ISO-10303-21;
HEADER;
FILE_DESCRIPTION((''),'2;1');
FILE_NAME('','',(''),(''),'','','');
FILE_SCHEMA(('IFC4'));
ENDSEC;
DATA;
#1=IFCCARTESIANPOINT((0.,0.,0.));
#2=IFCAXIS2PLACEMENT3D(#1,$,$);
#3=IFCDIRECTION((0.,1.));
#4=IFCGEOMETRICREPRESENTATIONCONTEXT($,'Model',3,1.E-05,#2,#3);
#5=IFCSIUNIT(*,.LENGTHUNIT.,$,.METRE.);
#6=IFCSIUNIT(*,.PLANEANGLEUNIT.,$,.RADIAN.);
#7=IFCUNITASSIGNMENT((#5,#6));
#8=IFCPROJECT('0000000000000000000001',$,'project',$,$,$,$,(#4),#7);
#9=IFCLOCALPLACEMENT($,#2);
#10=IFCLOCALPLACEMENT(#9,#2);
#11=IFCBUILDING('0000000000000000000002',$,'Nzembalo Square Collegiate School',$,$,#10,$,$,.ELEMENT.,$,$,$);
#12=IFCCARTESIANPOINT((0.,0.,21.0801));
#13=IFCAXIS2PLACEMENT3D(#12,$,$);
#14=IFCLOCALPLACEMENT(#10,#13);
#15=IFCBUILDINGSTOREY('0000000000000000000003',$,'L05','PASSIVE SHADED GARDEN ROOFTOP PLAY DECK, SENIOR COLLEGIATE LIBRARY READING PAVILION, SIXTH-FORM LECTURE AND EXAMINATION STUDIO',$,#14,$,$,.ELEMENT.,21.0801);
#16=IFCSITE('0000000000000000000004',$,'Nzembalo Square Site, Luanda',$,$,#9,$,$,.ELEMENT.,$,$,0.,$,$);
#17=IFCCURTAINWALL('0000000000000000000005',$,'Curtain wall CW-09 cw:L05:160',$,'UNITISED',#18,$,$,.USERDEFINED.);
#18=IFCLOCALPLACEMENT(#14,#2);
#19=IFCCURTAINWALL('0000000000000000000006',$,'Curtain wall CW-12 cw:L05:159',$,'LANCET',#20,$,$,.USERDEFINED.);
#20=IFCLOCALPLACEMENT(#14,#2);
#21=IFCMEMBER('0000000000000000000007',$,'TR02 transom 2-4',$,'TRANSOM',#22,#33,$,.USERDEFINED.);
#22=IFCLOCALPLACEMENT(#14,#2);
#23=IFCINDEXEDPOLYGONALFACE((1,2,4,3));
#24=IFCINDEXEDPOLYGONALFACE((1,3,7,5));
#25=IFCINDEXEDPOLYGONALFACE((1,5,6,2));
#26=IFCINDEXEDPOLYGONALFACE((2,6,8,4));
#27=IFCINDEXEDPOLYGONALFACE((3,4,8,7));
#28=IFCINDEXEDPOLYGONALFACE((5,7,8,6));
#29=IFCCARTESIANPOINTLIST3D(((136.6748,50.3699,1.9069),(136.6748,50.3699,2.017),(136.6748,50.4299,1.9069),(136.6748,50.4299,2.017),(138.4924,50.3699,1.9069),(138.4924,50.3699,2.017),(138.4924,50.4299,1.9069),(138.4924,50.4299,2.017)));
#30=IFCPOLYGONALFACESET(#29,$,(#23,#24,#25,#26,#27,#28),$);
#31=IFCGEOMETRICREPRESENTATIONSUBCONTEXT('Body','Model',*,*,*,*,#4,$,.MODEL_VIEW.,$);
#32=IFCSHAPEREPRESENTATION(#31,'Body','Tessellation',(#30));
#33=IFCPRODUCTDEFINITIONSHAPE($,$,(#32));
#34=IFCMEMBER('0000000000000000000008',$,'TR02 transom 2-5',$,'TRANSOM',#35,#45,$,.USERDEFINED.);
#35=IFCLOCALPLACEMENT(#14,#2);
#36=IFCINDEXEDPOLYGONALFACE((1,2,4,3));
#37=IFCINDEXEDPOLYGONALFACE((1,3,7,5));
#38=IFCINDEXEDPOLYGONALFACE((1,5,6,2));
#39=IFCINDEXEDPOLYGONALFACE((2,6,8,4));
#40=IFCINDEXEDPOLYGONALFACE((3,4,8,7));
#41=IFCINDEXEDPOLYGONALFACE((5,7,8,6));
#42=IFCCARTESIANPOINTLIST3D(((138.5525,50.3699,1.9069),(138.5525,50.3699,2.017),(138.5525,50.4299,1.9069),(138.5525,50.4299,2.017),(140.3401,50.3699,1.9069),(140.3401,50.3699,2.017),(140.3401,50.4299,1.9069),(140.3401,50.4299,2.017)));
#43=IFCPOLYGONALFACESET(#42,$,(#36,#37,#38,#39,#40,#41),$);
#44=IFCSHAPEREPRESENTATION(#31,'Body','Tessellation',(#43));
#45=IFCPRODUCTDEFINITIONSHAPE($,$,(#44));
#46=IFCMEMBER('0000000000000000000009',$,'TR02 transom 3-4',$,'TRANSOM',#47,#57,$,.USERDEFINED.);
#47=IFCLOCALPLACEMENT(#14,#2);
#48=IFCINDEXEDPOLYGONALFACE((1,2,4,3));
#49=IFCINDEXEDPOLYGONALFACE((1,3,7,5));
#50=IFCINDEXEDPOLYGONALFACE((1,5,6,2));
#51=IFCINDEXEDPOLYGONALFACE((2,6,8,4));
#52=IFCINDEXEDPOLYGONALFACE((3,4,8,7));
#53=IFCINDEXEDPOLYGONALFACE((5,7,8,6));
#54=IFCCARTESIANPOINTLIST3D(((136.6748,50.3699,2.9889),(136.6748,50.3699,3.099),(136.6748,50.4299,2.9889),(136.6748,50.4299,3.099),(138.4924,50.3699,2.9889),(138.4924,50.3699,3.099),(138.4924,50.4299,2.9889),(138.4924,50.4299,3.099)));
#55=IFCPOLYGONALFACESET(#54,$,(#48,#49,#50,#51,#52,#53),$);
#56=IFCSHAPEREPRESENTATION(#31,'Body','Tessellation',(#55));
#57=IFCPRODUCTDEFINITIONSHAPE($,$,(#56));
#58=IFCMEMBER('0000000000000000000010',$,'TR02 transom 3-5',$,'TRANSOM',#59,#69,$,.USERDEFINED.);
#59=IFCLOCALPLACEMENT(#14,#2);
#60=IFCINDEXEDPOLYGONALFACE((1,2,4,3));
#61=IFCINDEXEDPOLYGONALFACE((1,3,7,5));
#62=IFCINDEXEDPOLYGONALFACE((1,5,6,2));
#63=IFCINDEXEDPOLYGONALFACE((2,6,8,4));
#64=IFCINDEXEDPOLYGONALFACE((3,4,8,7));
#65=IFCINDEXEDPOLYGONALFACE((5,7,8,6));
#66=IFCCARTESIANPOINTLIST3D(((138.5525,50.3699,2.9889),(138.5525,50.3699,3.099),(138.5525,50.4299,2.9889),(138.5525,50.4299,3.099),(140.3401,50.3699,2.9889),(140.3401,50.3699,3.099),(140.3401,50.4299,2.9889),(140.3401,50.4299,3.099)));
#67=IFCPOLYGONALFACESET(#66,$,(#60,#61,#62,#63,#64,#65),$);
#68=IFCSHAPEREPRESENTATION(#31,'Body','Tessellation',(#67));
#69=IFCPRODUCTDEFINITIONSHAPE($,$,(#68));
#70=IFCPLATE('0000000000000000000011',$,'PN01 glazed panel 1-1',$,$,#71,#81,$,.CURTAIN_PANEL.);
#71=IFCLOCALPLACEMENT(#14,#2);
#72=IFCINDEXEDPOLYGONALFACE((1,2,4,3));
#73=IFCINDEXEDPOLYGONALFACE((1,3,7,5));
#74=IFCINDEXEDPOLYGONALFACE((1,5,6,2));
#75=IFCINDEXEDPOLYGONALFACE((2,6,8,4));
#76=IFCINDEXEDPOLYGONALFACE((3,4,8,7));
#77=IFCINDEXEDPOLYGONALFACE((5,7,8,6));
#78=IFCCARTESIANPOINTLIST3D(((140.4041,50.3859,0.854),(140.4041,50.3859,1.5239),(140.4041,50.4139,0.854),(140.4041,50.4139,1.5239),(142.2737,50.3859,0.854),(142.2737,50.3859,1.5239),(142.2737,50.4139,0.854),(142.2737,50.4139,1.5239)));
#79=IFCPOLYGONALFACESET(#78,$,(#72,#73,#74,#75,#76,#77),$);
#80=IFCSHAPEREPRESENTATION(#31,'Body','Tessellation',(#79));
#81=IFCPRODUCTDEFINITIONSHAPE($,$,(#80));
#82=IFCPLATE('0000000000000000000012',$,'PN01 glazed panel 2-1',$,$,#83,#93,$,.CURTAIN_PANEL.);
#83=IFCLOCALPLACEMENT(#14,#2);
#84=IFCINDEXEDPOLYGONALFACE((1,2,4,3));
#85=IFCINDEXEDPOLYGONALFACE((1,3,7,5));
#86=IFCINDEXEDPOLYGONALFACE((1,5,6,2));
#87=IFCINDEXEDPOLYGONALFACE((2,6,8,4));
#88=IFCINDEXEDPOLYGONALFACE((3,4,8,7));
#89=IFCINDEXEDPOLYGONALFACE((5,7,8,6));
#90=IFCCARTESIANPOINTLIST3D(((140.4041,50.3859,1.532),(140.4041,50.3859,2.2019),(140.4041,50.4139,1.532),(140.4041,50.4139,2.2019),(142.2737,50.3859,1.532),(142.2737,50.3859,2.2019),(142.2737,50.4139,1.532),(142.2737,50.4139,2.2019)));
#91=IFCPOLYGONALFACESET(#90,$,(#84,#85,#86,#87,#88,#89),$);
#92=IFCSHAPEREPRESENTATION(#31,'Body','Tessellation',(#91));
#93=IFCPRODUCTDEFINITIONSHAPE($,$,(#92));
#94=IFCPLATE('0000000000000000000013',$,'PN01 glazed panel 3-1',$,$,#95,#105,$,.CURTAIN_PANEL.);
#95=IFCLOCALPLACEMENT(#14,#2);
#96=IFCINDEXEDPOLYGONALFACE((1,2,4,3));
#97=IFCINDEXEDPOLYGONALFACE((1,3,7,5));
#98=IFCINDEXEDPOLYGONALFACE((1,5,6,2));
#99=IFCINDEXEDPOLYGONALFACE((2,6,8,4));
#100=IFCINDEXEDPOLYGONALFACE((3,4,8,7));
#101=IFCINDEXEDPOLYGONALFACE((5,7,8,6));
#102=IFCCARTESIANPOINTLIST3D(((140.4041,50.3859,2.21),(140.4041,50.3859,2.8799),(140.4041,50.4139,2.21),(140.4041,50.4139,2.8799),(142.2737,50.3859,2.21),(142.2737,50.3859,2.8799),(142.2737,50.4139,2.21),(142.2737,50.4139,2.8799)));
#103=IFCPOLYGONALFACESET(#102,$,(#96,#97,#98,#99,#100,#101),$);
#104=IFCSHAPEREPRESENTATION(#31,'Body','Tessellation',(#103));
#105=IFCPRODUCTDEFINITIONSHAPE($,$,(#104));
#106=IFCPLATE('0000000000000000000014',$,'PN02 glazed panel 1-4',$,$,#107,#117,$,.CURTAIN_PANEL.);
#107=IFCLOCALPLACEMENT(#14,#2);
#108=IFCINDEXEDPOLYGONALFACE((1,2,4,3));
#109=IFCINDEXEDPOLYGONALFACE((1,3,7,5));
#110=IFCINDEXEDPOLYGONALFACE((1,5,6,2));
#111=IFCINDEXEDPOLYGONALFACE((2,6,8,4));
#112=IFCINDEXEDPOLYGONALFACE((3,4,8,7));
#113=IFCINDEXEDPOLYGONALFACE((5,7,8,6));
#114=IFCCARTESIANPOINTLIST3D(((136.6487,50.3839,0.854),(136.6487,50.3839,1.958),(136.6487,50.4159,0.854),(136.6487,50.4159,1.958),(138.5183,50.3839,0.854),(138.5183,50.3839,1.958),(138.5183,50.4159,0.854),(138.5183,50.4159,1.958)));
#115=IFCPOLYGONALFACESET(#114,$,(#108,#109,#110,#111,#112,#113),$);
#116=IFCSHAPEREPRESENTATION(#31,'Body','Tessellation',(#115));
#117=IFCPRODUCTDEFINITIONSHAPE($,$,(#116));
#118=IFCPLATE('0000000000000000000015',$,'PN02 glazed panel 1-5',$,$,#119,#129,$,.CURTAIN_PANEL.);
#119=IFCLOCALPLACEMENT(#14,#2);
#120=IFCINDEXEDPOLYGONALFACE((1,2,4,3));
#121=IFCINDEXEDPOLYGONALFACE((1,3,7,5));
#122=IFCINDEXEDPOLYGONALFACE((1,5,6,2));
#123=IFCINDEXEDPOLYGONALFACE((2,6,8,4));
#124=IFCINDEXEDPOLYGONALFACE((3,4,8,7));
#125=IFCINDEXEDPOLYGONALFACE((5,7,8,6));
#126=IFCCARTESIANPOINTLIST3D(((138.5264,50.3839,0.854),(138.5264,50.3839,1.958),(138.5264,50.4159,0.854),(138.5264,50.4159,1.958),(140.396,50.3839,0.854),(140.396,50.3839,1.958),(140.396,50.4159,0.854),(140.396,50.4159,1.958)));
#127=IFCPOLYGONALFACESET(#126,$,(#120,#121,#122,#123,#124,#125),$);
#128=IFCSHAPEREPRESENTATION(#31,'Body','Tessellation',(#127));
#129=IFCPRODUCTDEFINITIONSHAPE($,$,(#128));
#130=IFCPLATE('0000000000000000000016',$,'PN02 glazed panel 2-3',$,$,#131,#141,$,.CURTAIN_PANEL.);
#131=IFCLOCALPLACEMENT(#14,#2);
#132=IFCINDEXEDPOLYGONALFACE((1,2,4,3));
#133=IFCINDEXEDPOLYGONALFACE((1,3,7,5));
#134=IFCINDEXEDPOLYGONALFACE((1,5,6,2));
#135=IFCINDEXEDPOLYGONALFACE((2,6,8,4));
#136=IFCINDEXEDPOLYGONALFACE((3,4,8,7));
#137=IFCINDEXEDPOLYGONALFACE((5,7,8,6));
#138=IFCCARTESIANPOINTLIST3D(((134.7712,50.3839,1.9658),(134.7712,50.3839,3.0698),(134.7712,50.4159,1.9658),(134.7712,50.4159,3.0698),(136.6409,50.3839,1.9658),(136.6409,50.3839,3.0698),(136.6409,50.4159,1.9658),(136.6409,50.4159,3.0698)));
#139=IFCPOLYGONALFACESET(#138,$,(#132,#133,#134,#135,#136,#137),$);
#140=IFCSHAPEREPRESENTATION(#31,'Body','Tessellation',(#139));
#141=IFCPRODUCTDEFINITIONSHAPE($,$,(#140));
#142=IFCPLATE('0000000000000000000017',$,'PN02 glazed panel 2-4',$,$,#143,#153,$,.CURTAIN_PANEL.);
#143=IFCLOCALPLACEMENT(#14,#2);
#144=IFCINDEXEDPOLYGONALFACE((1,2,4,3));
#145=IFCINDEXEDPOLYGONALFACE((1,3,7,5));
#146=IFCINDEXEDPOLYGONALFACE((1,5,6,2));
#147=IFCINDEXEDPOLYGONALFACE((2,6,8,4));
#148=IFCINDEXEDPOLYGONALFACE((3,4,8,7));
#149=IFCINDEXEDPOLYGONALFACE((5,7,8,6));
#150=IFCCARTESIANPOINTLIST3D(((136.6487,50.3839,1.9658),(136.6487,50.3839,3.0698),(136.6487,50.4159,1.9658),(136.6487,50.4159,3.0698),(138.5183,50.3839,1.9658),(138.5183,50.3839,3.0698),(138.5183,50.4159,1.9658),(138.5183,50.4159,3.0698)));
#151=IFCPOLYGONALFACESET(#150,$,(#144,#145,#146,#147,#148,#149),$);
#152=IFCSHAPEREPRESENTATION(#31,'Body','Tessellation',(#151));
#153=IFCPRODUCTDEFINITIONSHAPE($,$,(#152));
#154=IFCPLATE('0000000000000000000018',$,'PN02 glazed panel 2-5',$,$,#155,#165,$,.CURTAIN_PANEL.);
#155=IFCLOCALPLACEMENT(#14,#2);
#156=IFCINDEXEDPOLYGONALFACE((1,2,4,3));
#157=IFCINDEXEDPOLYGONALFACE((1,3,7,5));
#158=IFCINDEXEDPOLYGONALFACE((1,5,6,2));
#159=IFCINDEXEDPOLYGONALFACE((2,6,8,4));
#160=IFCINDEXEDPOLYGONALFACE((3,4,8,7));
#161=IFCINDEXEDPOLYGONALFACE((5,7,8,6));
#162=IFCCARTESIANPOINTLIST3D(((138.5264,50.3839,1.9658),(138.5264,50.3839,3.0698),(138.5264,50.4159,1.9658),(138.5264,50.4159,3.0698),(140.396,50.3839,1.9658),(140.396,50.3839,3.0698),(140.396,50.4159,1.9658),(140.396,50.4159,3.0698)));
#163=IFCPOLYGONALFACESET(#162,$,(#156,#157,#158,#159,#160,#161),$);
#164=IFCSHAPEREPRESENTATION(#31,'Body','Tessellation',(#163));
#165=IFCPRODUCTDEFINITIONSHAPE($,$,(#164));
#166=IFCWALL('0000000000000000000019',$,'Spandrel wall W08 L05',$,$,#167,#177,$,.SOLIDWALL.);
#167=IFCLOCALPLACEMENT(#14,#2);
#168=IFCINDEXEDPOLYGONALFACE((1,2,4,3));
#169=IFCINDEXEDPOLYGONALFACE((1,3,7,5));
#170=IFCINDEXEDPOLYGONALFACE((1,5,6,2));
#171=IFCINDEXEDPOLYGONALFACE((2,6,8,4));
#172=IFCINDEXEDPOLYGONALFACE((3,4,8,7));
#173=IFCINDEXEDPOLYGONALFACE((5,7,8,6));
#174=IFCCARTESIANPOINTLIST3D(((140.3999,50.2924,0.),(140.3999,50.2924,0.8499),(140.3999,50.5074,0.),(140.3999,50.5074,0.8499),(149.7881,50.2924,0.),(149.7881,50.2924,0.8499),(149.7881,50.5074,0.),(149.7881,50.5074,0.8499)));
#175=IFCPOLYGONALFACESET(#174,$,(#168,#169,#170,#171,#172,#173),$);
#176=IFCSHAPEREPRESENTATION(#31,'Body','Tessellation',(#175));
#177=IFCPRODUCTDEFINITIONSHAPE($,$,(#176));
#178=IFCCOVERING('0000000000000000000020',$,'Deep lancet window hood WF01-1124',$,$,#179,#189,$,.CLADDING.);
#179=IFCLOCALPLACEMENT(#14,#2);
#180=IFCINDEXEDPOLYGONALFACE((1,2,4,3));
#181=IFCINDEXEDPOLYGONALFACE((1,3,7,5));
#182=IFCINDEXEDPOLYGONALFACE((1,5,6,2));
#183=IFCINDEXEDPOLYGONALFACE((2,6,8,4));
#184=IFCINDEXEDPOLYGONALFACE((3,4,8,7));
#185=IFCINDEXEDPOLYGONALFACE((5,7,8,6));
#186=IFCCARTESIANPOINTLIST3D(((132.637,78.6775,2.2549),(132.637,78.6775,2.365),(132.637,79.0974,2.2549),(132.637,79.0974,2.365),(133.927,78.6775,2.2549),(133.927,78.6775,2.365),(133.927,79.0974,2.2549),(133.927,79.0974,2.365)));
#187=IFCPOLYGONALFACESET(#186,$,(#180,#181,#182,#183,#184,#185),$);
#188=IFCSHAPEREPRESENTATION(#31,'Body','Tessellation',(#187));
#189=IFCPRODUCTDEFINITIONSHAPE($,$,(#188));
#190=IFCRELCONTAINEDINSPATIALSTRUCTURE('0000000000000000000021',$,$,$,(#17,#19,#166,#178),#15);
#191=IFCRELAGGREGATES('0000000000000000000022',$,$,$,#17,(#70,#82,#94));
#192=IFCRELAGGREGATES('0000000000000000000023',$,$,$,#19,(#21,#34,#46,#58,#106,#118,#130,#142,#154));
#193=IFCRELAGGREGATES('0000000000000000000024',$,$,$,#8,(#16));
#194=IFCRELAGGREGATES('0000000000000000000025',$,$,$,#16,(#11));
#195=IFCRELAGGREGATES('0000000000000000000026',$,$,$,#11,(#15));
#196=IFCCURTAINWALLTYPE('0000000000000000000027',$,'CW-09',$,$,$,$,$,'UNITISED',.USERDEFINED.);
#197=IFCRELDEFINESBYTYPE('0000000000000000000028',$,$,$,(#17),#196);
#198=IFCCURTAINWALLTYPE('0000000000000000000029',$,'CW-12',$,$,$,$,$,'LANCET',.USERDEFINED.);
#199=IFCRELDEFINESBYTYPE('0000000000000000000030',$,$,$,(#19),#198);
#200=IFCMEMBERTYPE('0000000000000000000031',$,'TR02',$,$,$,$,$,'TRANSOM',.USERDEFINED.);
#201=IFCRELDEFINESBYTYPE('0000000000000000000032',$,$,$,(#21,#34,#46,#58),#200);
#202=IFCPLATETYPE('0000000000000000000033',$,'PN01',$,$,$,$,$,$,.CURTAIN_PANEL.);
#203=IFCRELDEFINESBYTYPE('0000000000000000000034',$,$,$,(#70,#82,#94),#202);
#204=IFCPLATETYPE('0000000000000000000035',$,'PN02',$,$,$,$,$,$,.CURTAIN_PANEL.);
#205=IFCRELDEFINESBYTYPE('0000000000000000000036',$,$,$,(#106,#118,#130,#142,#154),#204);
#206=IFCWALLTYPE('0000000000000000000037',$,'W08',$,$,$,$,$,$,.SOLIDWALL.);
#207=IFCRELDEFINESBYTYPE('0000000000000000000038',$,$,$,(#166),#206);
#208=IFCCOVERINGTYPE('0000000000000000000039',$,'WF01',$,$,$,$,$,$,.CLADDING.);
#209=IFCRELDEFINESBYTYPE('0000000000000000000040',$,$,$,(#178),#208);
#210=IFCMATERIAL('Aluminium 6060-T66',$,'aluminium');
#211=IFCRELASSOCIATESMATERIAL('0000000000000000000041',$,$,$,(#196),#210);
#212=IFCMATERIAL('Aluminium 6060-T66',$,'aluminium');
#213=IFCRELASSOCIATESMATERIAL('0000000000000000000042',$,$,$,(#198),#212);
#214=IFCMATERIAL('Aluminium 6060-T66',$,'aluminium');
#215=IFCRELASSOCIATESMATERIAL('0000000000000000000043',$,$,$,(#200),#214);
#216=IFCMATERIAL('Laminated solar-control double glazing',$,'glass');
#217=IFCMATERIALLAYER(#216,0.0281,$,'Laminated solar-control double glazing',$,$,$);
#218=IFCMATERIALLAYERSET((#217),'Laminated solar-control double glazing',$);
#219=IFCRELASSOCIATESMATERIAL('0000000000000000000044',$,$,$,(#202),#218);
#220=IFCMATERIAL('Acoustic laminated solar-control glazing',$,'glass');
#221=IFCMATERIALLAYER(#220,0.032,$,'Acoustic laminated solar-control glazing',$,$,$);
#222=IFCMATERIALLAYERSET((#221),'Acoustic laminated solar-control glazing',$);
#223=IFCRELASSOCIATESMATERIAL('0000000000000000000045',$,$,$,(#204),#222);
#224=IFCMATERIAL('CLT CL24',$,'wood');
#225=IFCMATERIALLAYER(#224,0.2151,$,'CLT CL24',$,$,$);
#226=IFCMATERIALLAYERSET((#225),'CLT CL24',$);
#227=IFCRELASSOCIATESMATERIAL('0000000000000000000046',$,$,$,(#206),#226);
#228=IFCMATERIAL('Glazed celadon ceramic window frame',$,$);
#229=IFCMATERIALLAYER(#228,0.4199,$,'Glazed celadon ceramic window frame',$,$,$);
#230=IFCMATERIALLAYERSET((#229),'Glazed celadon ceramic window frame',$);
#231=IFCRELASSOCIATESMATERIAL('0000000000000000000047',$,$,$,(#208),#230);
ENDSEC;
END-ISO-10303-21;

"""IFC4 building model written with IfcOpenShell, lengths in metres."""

from ifc_helpers import new_model, si_unit, direction, frame, frame_2d, origin, origin_2d, place, context, subcontext, project, spatial, rectangle, extrude, material, layer, layer_set, material_profile, profile_set, type_object, element, aggregate, save


model = new_model("IFC4")

# Units and contexts
model_context = context("Model", 3, precision=1e-05, world=origin(), true_north=direction((0.0, 1.0)))
body_context = subcontext(model_context, "Body", "Model", "MODEL_VIEW")
ifc_project = project(units=[si_unit("LENGTHUNIT", "METRE"), si_unit("PLANEANGLEUNIT", "RADIAN")], contexts=[model_context])

# Site, building, storey
site_placement = place(None, origin())
site = spatial("IfcSite", under=ifc_project, at=site_placement, Name="Nzembalo Square Site, Luanda", CompositionType="ELEMENT", RefElevation=0.0)
building_placement = place(site_placement, origin())
building = spatial("IfcBuilding", under=site, at=building_placement, Name="Nzembalo Square Collegiate School", CompositionType="ELEMENT")
storey_placement = place(building_placement, frame((0.0, 0.0, 21.0801)))
storey = spatial("IfcBuildingStorey", under=building, at=storey_placement, Name="L05", Description="PASSIVE SHADED GARDEN ROOFTOP PLAY DECK, SENIOR COLLEGIATE LIBRARY READING PAVILION, SIXTH-FORM LECTURE AND EXAMINATION STUDIO", CompositionType="ELEMENT", Elevation=21.0801)

# Curtain walls
ifc_material_1 = material(Name="Aluminium 6060-T66", Category="aluminium")
curtain_wall_type_1 = type_object("IfcCurtainWallType", Name="CW-09", ElementType="UNITISED", PredefinedType="USERDEFINED", material=ifc_material_1)
curtain_wall_1_placement = place(storey_placement, origin())
curtain_wall_1 = element("IfcCurtainWall", 1, at=curtain_wall_1_placement, inside=storey, type_object=curtain_wall_type_1, Name="Curtain wall CW-09 cw:L05:160", ObjectType="UNITISED", PredefinedType="USERDEFINED")
ifc_material_2 = material(Name="Aluminium 6060-T66", Category="aluminium")
curtain_wall_type_2 = type_object("IfcCurtainWallType", Name="CW-12", ElementType="LANCET", PredefinedType="USERDEFINED", material=ifc_material_2)
curtain_wall_2_placement = place(storey_placement, origin())
curtain_wall_2 = element("IfcCurtainWall", 2, at=curtain_wall_2_placement, inside=storey, type_object=curtain_wall_type_2, Name="Curtain wall CW-12 cw:L05:159", ObjectType="LANCET", PredefinedType="USERDEFINED")

# Members
ifc_material_3 = material(Name="Aluminium 6060-T66", Category="aluminium")
ifc_material_profile_1 = material_profile(ifc_material_3, rectangle(XDim=0.0601, YDim=0.1101, at=origin_2d()), Name="ALU T60x110")
ifc_profile_set_1 = profile_set([ifc_material_profile_1], Name="Aluminium 6060-T66")
member_type_1 = type_object("IfcMemberType", Name="TR02", ElementType="TRANSOM", PredefinedType="USERDEFINED", material=ifc_profile_set_1)
member_1_placement = place(storey_placement, frame((136.6748, 50.3999, 1.9619), z_axis=(1.0, 0.0, 0.0), x_axis=(0.0, 1.0, 0.0)))
member_1 = element("IfcMember", 3, at=member_1_placement, type_object=member_type_1, Name="TR02 transom 2-4", ObjectType="TRANSOM", PredefinedType="USERDEFINED", context=body_context, shape_type="SweptSolid", body=[
    extrude(rectangle(XDim=0.0601, YDim=0.1101, at=origin_2d()), origin(), (0.0, 0.0, 1.0), 1.8176),
])
member_2_placement = place(storey_placement, frame((138.5525, 50.3999, 1.9619), z_axis=(1.0, 0.0, 0.0), x_axis=(0.0, 1.0, 0.0)))
member_2 = element("IfcMember", 4, at=member_2_placement, type_object=member_type_1, Name="TR02 transom 2-5", ObjectType="TRANSOM", PredefinedType="USERDEFINED", context=body_context, shape_type="SweptSolid", body=[
    extrude(rectangle(XDim=0.0601, YDim=0.1101, at=origin_2d()), origin(), (0.0, 0.0, 1.0), 1.7876),
])
member_3_placement = place(storey_placement, frame((136.6748, 50.3999, 3.0439), z_axis=(1.0, 0.0, 0.0), x_axis=(0.0, 1.0, 0.0)))
member_3 = element("IfcMember", 5, at=member_3_placement, type_object=member_type_1, Name="TR02 transom 3-4", ObjectType="TRANSOM", PredefinedType="USERDEFINED", context=body_context, shape_type="SweptSolid", body=[
    extrude(rectangle(XDim=0.0601, YDim=0.1101, at=origin_2d()), origin(), (0.0, 0.0, 1.0), 1.8176),
])
member_4_placement = place(storey_placement, frame((138.5525, 50.3999, 3.0439), z_axis=(1.0, 0.0, 0.0), x_axis=(0.0, 1.0, 0.0)))
member_4 = element("IfcMember", 6, at=member_4_placement, type_object=member_type_1, Name="TR02 transom 3-5", ObjectType="TRANSOM", PredefinedType="USERDEFINED", context=body_context, shape_type="SweptSolid", body=[
    extrude(rectangle(XDim=0.0601, YDim=0.1101, at=origin_2d()), origin(), (0.0, 0.0, 1.0), 1.7876),
])

# Plates
ifc_material_4 = material(Name="Laminated solar-control double glazing", Category="glass")
ifc_layer_1 = layer(ifc_material_4, 0.0281, Name="Laminated solar-control double glazing")
ifc_layer_set_1 = layer_set([ifc_layer_1], Name="Laminated solar-control double glazing")
plate_type_1 = type_object("IfcPlateType", Name="PN01", PredefinedType="CURTAIN_PANEL", material=ifc_layer_set_1)
plate_1_placement = place(storey_placement, frame((141.3389, 50.3999, 0.854), z_axis=(0.0, 0.0, 1.0), x_axis=(1.0, 0.0, 0.0)))
plate_1 = element("IfcPlate", 7, at=plate_1_placement, type_object=plate_type_1, Name="PN01 glazed panel 1-1", PredefinedType="CURTAIN_PANEL", context=body_context, shape_type="SweptSolid", body=[
    extrude(rectangle(XDim=1.8696, YDim=0.0281, at=origin_2d()), origin(), (0.0, 0.0, 1.0), 0.6699),
])
plate_2_placement = place(storey_placement, frame((141.3389, 50.3999, 1.532), z_axis=(0.0, 0.0, 1.0), x_axis=(1.0, 0.0, 0.0)))
plate_2 = element("IfcPlate", 8, at=plate_2_placement, type_object=plate_type_1, Name="PN01 glazed panel 2-1", PredefinedType="CURTAIN_PANEL", context=body_context, shape_type="SweptSolid", body=[
    extrude(rectangle(XDim=1.8696, YDim=0.0281, at=origin_2d()), origin(), (0.0, 0.0, 1.0), 0.6699),
])
plate_3_placement = place(storey_placement, frame((141.3389, 50.3999, 2.21), z_axis=(0.0, 0.0, 1.0), x_axis=(1.0, 0.0, 0.0)))
plate_3 = element("IfcPlate", 9, at=plate_3_placement, type_object=plate_type_1, Name="PN01 glazed panel 3-1", PredefinedType="CURTAIN_PANEL", context=body_context, shape_type="SweptSolid", body=[
    extrude(rectangle(XDim=1.8696, YDim=0.0281, at=origin_2d()), origin(), (0.0, 0.0, 1.0), 0.6699),
])
aggregate(curtain_wall_1, [plate_1, plate_2, plate_3])
ifc_material_5 = material(Name="Acoustic laminated solar-control glazing", Category="glass")
ifc_layer_2 = layer(ifc_material_5, 0.032, Name="Acoustic laminated solar-control glazing")
ifc_layer_set_2 = layer_set([ifc_layer_2], Name="Acoustic laminated solar-control glazing")
plate_type_2 = type_object("IfcPlateType", Name="PN02", PredefinedType="CURTAIN_PANEL", material=ifc_layer_set_2)
plate_4_placement = place(storey_placement, frame((137.5835, 50.3999, 0.854), z_axis=(0.0, 0.0, 1.0), x_axis=(1.0, 0.0, 0.0)))
plate_4 = element("IfcPlate", 10, at=plate_4_placement, type_object=plate_type_2, Name="PN02 glazed panel 1-4", PredefinedType="CURTAIN_PANEL", context=body_context, shape_type="SweptSolid", body=[
    extrude(rectangle(XDim=1.8696, YDim=0.032, at=origin_2d()), origin(), (0.0, 0.0, 1.0), 1.104),
])
plate_5_placement = place(storey_placement, frame((139.4612, 50.3999, 0.854), z_axis=(0.0, 0.0, 1.0), x_axis=(1.0, 0.0, 0.0)))
plate_5 = element("IfcPlate", 11, at=plate_5_placement, type_object=plate_type_2, Name="PN02 glazed panel 1-5", PredefinedType="CURTAIN_PANEL", context=body_context, shape_type="SweptSolid", body=[
    extrude(rectangle(XDim=1.8696, YDim=0.032, at=origin_2d()), origin(), (0.0, 0.0, 1.0), 1.104),
])
plate_6_placement = place(storey_placement, frame((135.7061, 50.3999, 1.9658), z_axis=(0.0, 0.0, 1.0), x_axis=(1.0, 0.0, 0.0)))
plate_6 = element("IfcPlate", 12, at=plate_6_placement, type_object=plate_type_2, Name="PN02 glazed panel 2-3", PredefinedType="CURTAIN_PANEL", context=body_context, shape_type="SweptSolid", body=[
    extrude(rectangle(XDim=1.8696, YDim=0.032, at=origin_2d()), origin(), (0.0, 0.0, 1.0), 1.104),
])
plate_7_placement = place(storey_placement, frame((137.5835, 50.3999, 1.9658), z_axis=(0.0, 0.0, 1.0), x_axis=(1.0, 0.0, 0.0)))
plate_7 = element("IfcPlate", 13, at=plate_7_placement, type_object=plate_type_2, Name="PN02 glazed panel 2-4", PredefinedType="CURTAIN_PANEL", context=body_context, shape_type="SweptSolid", body=[
    extrude(rectangle(XDim=1.8696, YDim=0.032, at=origin_2d()), origin(), (0.0, 0.0, 1.0), 1.104),
])
plate_8_placement = place(storey_placement, frame((139.4612, 50.3999, 1.9658), z_axis=(0.0, 0.0, 1.0), x_axis=(1.0, 0.0, 0.0)))
plate_8 = element("IfcPlate", 14, at=plate_8_placement, type_object=plate_type_2, Name="PN02 glazed panel 2-5", PredefinedType="CURTAIN_PANEL", context=body_context, shape_type="SweptSolid", body=[
    extrude(rectangle(XDim=1.8696, YDim=0.032, at=origin_2d()), origin(), (0.0, 0.0, 1.0), 1.104),
])
aggregate(curtain_wall_2, [member_1, member_2, member_3, member_4, plate_4, plate_5, plate_6, plate_7, plate_8])

# Wall
ifc_material_6 = material(Name="CLT CL24", Category="wood")
ifc_layer_3 = layer(ifc_material_6, 0.2151, Name="CLT CL24")
ifc_layer_set_3 = layer_set([ifc_layer_3], Name="CLT CL24")
wall_type = type_object("IfcWallType", Name="W08", PredefinedType="SOLIDWALL", material=ifc_layer_set_3)
wall_placement = place(storey_placement, frame((140.3999, 50.3999, 0.0), z_axis=(0.0, 0.0, 1.0), x_axis=(1.0, 0.0, 0.0)))
element("IfcWall", 15, at=wall_placement, inside=storey, type_object=wall_type, Name="Spandrel wall W08 L05", PredefinedType="SOLIDWALL", context=body_context, shape_type="SweptSolid", body=[
    extrude(rectangle(XDim=9.3882, YDim=0.2151, at=frame_2d((4.6941, 0.0))), origin(), (0.0, 0.0, 1.0), 0.8499),
])

# Covering
ifc_material_7 = material(Name="Glazed celadon ceramic window frame")
ifc_layer_4 = layer(ifc_material_7, 0.4199, Name="Glazed celadon ceramic window frame")
ifc_layer_set_4 = layer_set([ifc_layer_4], Name="Glazed celadon ceramic window frame")
covering_type = type_object("IfcCoveringType", Name="WF01", PredefinedType="CLADDING", material=ifc_layer_set_4)
covering_1_placement = place(storey_placement, frame((133.282, 78.8875, 2.2549), z_axis=(0.0, 0.0, 1.0), x_axis=(1.0, 0.0, 0.0)))
element("IfcCovering", 16, at=covering_1_placement, inside=storey, type_object=covering_type, Name="Deep lancet window hood WF01-1124", PredefinedType="CLADDING", context=body_context, shape_type="SweptSolid", body=[
    extrude(rectangle(XDim=1.29, YDim=0.4199, at=origin_2d()), origin(), (0.0, 0.0, 1.0), 0.1101),
])

save(model, "model.ifc")
